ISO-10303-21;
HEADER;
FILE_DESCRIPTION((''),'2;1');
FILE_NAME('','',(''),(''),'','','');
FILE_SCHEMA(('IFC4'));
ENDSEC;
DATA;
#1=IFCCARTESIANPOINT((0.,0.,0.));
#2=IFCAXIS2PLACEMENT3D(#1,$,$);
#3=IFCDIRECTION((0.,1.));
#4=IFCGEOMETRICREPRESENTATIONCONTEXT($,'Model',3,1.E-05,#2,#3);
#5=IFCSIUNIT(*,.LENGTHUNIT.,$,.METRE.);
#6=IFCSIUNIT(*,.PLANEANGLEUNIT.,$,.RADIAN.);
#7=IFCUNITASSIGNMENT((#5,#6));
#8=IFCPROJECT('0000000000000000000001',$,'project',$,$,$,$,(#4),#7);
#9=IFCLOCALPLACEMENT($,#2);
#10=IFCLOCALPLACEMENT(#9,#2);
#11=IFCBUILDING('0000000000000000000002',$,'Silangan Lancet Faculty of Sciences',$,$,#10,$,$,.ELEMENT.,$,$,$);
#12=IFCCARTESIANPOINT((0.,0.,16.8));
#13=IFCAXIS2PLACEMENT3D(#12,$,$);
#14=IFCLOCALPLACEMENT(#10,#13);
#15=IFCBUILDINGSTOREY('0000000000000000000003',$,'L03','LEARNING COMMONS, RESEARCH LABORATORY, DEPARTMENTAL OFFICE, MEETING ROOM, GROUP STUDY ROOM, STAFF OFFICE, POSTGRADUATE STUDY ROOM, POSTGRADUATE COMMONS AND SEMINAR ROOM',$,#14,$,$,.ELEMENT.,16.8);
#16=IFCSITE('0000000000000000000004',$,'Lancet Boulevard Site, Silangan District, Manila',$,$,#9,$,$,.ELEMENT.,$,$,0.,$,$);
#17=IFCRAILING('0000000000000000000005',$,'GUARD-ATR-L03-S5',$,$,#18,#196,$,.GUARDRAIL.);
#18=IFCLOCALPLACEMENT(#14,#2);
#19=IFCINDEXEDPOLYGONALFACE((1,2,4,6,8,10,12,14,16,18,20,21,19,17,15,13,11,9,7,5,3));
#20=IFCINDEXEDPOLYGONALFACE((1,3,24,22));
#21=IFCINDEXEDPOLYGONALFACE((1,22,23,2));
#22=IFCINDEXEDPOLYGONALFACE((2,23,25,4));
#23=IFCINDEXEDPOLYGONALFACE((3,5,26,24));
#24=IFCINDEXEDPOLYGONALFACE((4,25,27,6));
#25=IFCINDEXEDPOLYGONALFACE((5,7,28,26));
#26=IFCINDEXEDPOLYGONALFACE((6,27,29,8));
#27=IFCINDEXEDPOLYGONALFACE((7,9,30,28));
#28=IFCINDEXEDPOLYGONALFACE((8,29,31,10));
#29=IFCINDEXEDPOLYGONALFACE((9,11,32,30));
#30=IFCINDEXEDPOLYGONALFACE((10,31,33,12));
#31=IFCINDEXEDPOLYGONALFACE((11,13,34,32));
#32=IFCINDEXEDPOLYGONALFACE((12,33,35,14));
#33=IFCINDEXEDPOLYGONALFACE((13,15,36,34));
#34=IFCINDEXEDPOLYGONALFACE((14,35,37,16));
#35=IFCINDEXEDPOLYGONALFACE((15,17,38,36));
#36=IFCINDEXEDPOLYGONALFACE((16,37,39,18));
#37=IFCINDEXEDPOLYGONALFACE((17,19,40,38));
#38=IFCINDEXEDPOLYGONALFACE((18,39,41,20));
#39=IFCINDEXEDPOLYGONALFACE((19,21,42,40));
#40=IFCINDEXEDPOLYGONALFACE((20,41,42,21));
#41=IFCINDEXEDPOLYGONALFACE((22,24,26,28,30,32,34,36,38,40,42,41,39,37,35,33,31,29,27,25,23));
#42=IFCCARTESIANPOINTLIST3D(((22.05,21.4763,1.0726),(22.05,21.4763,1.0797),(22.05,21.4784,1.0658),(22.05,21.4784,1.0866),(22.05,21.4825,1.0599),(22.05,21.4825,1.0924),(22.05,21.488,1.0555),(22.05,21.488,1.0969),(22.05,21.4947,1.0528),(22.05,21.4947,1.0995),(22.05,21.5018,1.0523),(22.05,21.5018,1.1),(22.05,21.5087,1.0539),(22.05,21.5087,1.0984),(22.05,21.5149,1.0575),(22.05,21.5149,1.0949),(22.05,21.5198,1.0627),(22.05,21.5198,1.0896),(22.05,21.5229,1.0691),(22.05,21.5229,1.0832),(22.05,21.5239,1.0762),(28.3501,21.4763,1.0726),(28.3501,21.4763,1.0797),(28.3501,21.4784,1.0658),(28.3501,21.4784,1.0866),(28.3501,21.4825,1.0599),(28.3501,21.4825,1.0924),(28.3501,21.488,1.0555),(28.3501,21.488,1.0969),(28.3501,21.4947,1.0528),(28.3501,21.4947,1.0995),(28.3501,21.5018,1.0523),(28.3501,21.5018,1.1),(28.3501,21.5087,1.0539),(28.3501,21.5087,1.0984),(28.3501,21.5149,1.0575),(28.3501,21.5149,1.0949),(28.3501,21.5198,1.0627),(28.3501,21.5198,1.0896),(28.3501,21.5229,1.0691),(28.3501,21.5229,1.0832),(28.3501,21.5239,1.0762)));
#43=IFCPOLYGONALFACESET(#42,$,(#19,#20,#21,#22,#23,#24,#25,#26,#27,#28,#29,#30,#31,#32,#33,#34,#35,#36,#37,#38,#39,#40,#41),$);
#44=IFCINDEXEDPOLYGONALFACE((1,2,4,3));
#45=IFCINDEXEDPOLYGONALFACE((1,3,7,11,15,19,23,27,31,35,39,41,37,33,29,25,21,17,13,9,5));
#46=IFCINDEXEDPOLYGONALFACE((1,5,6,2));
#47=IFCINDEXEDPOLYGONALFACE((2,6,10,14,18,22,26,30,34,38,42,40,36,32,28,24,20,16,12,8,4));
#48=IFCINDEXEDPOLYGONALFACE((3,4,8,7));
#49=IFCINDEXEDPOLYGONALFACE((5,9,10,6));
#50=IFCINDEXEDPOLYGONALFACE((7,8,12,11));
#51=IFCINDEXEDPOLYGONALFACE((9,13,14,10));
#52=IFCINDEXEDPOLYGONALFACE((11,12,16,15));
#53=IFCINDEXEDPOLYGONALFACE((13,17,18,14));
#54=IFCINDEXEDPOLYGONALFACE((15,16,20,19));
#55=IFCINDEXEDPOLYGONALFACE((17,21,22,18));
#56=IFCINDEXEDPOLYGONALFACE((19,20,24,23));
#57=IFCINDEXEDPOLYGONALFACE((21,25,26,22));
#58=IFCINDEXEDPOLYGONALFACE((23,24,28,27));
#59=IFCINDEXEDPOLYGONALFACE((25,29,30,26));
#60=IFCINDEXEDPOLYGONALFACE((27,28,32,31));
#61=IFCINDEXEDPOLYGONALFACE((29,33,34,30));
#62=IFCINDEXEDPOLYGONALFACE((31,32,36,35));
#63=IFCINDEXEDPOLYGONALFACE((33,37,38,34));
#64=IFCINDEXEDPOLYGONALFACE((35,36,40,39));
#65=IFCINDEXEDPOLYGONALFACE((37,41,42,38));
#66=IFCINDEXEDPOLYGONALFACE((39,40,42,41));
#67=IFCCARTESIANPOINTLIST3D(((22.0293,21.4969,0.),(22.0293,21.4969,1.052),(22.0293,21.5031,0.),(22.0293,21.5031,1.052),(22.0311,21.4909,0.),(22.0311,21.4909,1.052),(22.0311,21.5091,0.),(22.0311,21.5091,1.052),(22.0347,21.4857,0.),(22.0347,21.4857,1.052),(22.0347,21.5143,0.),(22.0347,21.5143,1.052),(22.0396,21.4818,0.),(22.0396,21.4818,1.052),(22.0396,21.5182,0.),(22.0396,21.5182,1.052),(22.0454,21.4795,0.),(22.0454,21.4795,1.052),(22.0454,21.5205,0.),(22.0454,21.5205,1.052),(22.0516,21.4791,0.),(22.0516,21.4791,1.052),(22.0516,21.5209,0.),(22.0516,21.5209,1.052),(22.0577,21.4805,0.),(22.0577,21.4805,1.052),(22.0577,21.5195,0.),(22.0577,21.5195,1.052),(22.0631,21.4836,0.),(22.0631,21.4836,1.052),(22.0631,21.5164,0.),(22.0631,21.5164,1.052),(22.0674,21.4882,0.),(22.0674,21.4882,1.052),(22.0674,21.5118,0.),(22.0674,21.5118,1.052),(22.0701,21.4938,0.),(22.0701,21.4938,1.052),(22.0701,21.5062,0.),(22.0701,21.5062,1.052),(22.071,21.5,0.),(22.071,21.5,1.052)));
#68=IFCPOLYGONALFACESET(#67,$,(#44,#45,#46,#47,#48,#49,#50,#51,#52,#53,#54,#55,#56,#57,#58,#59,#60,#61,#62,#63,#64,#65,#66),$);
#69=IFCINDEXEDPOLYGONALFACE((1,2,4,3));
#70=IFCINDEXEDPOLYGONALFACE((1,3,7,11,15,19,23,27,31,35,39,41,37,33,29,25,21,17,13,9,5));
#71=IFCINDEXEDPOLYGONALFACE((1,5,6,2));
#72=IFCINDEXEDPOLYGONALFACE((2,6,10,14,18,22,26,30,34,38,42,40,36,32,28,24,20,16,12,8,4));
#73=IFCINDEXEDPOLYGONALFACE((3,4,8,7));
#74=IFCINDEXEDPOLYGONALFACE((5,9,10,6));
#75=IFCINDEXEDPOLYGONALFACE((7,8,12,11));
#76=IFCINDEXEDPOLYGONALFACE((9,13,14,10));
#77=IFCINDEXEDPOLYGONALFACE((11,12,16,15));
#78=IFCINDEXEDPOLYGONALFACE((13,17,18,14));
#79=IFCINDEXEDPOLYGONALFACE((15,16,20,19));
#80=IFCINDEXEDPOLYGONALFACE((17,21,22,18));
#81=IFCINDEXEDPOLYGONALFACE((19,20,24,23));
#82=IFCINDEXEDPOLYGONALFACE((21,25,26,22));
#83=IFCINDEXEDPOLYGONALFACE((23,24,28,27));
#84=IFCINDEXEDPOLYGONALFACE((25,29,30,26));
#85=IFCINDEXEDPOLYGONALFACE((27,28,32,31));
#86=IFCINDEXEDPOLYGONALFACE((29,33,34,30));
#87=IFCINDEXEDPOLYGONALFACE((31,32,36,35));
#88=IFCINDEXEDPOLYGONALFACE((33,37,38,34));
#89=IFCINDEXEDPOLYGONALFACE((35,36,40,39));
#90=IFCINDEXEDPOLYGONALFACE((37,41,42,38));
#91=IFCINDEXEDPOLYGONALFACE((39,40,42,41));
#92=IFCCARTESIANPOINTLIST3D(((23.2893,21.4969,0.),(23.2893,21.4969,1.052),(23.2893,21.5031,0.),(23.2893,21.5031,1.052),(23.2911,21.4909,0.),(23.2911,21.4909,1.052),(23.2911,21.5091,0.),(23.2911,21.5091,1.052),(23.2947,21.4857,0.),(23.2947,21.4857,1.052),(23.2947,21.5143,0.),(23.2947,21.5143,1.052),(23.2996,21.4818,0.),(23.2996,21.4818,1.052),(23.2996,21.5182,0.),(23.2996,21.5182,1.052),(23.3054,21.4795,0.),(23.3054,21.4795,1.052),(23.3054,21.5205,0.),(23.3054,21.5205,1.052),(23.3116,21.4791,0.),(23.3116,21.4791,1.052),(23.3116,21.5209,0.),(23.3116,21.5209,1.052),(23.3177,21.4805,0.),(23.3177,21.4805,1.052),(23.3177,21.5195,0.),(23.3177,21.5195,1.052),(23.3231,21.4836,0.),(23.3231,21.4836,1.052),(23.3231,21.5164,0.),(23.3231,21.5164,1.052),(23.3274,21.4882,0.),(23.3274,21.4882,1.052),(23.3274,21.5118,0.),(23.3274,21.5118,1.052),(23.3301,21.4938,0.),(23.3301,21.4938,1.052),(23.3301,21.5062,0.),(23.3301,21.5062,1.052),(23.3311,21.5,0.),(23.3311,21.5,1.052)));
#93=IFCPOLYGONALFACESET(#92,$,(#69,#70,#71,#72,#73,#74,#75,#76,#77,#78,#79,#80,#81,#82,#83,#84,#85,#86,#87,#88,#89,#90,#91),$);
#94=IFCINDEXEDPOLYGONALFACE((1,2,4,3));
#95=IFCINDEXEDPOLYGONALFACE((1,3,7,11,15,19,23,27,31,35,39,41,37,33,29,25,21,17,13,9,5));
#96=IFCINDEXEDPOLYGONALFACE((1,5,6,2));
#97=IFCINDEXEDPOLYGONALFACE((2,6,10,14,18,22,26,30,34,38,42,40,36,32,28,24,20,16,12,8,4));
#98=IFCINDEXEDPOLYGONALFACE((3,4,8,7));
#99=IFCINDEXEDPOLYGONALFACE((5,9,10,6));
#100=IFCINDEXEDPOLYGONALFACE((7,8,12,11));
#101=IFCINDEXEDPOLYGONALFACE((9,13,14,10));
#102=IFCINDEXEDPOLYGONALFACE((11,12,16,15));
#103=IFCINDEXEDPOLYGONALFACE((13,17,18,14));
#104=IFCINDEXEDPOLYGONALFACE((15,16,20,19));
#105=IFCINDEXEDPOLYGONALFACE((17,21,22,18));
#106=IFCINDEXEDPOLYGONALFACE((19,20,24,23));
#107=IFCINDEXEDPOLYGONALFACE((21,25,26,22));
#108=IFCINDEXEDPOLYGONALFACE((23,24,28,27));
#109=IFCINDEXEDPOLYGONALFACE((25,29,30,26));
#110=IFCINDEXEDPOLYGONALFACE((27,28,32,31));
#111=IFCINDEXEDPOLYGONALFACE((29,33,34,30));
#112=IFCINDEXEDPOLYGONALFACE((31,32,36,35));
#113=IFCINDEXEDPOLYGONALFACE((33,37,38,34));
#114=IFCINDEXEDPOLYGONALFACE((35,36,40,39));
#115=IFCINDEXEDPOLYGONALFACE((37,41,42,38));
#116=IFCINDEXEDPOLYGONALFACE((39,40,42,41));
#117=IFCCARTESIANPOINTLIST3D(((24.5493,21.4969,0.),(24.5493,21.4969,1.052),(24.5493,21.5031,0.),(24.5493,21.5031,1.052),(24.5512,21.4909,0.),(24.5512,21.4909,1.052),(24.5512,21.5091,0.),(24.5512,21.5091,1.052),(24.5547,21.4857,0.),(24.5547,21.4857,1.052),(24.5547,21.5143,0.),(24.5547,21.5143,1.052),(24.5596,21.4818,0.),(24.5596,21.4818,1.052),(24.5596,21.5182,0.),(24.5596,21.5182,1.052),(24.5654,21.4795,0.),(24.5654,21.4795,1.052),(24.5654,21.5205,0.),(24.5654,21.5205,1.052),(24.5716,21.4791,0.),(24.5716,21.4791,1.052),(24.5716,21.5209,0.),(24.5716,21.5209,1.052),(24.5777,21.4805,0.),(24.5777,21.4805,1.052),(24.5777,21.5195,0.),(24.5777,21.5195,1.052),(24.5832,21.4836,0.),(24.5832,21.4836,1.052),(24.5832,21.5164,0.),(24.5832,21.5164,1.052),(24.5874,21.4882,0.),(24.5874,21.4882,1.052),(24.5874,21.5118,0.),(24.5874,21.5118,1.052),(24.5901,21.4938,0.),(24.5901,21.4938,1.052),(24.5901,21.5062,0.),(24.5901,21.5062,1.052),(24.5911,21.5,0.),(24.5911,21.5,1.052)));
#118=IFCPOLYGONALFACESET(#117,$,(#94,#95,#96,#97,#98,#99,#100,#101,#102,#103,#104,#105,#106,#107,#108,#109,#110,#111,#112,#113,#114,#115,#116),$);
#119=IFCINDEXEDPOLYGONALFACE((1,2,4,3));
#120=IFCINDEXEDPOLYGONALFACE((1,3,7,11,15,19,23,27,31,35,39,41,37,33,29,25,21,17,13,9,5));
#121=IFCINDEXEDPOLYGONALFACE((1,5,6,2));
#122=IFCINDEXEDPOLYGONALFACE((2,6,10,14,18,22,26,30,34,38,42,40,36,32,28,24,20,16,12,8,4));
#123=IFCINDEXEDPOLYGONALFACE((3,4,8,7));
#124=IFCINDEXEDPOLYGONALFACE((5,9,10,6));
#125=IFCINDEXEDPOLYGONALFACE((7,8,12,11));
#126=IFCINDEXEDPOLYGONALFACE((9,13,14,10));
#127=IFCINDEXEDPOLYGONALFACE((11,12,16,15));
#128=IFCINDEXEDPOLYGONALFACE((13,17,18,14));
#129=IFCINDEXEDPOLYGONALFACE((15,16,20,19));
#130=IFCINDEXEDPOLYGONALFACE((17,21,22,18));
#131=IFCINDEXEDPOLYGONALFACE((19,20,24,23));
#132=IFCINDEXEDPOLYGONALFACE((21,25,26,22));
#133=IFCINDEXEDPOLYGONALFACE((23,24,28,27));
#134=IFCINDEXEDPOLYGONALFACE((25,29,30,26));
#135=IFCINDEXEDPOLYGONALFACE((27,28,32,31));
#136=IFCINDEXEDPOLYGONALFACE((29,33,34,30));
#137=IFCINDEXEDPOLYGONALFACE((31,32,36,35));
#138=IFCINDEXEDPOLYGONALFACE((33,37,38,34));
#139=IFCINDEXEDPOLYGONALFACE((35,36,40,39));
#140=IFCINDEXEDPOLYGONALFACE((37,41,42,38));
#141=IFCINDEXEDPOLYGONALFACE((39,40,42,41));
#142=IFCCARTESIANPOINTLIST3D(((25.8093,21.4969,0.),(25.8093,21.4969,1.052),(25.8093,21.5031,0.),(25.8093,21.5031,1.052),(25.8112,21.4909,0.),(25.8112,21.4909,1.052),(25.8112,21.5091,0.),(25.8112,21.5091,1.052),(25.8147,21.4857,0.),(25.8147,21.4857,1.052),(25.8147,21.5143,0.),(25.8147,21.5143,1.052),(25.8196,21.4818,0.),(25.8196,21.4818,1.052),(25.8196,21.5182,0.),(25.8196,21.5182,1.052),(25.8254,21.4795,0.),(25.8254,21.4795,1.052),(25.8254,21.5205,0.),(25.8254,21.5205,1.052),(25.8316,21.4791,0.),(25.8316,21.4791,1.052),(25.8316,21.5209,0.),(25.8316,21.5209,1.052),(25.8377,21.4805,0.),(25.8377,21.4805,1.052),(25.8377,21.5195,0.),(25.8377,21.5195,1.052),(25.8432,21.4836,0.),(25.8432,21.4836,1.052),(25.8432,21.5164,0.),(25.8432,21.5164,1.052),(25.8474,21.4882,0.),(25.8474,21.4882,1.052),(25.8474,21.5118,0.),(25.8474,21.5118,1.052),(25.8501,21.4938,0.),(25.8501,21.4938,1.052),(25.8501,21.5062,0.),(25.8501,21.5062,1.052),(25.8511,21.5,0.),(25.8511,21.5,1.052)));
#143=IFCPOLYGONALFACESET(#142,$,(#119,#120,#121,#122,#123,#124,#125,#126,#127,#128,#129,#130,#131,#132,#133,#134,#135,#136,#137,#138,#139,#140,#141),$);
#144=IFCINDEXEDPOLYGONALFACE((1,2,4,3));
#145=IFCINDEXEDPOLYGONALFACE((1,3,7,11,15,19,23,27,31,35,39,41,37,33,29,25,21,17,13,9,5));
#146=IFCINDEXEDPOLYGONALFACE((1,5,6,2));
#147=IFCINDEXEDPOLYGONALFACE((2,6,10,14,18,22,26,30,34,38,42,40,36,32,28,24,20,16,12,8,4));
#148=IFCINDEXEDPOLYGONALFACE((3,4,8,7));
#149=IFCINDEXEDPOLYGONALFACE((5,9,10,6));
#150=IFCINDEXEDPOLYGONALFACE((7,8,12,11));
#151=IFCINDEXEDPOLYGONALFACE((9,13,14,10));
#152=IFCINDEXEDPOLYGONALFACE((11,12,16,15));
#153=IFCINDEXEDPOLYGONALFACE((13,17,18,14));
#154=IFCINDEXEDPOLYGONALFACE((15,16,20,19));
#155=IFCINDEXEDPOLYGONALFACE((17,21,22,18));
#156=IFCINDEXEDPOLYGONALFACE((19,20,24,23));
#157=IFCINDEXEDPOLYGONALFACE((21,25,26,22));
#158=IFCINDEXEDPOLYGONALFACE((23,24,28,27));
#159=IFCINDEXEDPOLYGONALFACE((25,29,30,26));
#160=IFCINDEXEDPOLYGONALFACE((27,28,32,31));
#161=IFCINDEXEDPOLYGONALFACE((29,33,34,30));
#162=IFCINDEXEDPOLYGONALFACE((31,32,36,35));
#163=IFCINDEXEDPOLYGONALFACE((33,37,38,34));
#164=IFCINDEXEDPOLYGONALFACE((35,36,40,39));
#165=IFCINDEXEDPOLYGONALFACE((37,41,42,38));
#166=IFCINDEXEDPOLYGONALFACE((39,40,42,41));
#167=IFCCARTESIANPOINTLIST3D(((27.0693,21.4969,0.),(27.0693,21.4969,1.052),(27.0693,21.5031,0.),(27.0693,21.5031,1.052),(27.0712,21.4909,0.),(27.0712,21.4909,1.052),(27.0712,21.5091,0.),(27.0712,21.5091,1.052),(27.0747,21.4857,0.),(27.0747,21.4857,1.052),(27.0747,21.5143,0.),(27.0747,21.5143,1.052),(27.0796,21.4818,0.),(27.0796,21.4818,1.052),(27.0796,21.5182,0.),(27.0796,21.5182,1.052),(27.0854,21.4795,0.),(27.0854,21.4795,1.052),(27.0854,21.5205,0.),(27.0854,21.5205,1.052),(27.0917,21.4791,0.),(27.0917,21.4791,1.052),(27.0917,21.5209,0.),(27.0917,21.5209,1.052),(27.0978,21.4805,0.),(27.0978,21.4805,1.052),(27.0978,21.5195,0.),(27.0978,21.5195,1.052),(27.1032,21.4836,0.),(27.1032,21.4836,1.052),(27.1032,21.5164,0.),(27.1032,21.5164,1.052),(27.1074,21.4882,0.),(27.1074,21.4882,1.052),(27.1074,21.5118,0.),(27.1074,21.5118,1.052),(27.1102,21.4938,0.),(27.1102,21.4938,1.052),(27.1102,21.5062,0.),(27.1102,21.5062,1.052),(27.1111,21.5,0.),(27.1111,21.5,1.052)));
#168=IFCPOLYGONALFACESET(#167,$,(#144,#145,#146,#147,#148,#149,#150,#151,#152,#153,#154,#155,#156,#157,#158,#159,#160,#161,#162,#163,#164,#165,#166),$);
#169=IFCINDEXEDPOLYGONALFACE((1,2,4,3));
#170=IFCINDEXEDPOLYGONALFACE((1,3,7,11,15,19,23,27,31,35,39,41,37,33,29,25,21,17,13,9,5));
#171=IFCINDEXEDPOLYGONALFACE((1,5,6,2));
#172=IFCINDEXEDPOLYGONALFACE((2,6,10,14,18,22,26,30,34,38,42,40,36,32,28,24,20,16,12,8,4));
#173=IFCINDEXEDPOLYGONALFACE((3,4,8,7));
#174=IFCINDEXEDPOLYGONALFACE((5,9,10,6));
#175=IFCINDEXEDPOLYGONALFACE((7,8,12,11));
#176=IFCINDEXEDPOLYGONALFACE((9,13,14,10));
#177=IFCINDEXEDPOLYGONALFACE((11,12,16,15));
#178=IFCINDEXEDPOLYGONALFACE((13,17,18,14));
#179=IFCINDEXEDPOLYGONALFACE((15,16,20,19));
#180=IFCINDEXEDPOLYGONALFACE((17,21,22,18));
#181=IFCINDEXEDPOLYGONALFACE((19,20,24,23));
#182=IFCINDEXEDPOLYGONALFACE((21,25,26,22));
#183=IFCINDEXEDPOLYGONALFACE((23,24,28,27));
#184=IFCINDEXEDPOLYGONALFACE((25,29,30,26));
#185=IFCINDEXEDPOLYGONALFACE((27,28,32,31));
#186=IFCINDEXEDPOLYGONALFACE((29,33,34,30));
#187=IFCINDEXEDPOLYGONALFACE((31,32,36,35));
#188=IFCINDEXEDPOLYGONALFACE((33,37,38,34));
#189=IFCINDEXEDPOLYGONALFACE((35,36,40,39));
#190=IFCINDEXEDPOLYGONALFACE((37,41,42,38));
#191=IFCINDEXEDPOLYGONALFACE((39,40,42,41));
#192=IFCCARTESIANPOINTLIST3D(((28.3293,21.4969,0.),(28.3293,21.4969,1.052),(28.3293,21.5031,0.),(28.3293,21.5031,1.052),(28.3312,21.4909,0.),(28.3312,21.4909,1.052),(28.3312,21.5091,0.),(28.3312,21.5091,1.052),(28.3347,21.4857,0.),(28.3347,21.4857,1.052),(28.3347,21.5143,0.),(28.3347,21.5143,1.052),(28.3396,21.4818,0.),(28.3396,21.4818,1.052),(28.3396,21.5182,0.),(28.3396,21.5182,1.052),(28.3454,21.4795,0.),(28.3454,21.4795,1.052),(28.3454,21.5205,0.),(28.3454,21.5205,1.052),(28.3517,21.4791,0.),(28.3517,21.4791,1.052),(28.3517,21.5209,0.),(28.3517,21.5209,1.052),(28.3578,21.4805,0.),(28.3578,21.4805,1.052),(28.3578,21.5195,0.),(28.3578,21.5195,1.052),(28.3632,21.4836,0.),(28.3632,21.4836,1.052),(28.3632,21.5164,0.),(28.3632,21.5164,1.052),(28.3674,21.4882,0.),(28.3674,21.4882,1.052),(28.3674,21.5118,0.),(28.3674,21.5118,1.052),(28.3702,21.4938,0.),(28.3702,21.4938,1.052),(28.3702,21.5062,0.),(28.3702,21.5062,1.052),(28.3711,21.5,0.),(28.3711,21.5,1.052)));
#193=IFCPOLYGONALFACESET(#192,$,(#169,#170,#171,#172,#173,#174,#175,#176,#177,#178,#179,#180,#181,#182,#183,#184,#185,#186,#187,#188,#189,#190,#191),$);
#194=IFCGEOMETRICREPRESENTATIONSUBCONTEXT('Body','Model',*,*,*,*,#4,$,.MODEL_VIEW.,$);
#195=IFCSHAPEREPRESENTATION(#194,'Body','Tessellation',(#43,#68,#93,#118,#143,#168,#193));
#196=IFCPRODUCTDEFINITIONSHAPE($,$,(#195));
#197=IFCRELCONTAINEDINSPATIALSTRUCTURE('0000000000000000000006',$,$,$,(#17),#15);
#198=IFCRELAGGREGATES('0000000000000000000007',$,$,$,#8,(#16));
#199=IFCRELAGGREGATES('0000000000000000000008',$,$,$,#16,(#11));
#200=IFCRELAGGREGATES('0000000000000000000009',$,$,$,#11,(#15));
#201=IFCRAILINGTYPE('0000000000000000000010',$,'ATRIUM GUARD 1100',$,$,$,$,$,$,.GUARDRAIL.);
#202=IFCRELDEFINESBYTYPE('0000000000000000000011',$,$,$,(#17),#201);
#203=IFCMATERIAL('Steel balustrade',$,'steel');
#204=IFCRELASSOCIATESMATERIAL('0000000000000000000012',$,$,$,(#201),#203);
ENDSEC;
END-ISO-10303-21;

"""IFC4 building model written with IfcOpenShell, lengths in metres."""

from ifc_helpers import new_model, si_unit, direction, frame, origin, origin_2d, place, context, subcontext, project, spatial, circle, extrude, material, type_object, element, save


model = new_model("IFC4")

# Units and contexts
model_context = context("Model", 3, precision=1e-05, world=origin(), true_north=direction((0.0, 1.0)))
body_context = subcontext(model_context, "Body", "Model", "MODEL_VIEW")
ifc_project = project(units=[si_unit("LENGTHUNIT", "METRE"), si_unit("PLANEANGLEUNIT", "RADIAN")], contexts=[model_context])

# Site, building, storey
site_placement = place(None, origin())
site = spatial("IfcSite", under=ifc_project, at=site_placement, Name="Lancet Boulevard Site, Silangan District, Manila", CompositionType="ELEMENT", RefElevation=0.0)
building_placement = place(site_placement, origin())
building = spatial("IfcBuilding", under=site, at=building_placement, Name="Silangan Lancet Faculty of Sciences", CompositionType="ELEMENT")
storey_placement = place(building_placement, frame((0.0, 0.0, 16.8)))
storey = spatial("IfcBuildingStorey", under=building, at=storey_placement, Name="L03", Description="LEARNING COMMONS, RESEARCH LABORATORY, DEPARTMENTAL OFFICE, MEETING ROOM, GROUP STUDY ROOM, STAFF OFFICE, POSTGRADUATE STUDY ROOM, POSTGRADUATE COMMONS AND SEMINAR ROOM", CompositionType="ELEMENT", Elevation=16.8)

# Railing
ifc_material_1 = material(Name="Steel balustrade", Category="steel")
railing_type = type_object("IfcRailingType", Name="ATRIUM GUARD 1100", PredefinedType="GUARDRAIL", material=ifc_material_1)
railing_placement = place(storey_placement, frame((22.05, 21.5, 0.0)))
element("IfcRailing", 1, at=railing_placement, inside=storey, type_object=railing_type, Name="GUARD-ATR-L03-S5", PredefinedType="GUARDRAIL", context=body_context, shape_type="SweptSolid", body=[
    extrude(circle(Radius=0.0239, at=origin_2d()), frame((0.0, 0.0, 1.0762), z_axis=(1.0, 0.0, 0.0), x_axis=(0.0, 1.0, 0.0)), (0.0, 0.0, 1.0), 6.3),
    extrude(circle(Radius=0.021, at=origin_2d()), origin(), (0.0, 0.0, 1.0), 1.052),
    extrude(circle(Radius=0.021, at=origin_2d()), frame((1.26, 0.0, 0.0)), (0.0, 0.0, 1.0), 1.052),
    extrude(circle(Radius=0.021, at=origin_2d()), frame((2.52, 0.0, 0.0)), (0.0, 0.0, 1.0), 1.052),
    extrude(circle(Radius=0.021, at=origin_2d()), frame((3.78, 0.0, 0.0)), (0.0, 0.0, 1.0), 1.052),
    extrude(circle(Radius=0.021, at=origin_2d()), frame((5.04, 0.0, 0.0)), (0.0, 0.0, 1.0), 1.052),
    extrude(circle(Radius=0.021, at=origin_2d()), frame((6.3, 0.0, 0.0)), (0.0, 0.0, 1.0), 1.052),
])

save(model, "model.ifc")
